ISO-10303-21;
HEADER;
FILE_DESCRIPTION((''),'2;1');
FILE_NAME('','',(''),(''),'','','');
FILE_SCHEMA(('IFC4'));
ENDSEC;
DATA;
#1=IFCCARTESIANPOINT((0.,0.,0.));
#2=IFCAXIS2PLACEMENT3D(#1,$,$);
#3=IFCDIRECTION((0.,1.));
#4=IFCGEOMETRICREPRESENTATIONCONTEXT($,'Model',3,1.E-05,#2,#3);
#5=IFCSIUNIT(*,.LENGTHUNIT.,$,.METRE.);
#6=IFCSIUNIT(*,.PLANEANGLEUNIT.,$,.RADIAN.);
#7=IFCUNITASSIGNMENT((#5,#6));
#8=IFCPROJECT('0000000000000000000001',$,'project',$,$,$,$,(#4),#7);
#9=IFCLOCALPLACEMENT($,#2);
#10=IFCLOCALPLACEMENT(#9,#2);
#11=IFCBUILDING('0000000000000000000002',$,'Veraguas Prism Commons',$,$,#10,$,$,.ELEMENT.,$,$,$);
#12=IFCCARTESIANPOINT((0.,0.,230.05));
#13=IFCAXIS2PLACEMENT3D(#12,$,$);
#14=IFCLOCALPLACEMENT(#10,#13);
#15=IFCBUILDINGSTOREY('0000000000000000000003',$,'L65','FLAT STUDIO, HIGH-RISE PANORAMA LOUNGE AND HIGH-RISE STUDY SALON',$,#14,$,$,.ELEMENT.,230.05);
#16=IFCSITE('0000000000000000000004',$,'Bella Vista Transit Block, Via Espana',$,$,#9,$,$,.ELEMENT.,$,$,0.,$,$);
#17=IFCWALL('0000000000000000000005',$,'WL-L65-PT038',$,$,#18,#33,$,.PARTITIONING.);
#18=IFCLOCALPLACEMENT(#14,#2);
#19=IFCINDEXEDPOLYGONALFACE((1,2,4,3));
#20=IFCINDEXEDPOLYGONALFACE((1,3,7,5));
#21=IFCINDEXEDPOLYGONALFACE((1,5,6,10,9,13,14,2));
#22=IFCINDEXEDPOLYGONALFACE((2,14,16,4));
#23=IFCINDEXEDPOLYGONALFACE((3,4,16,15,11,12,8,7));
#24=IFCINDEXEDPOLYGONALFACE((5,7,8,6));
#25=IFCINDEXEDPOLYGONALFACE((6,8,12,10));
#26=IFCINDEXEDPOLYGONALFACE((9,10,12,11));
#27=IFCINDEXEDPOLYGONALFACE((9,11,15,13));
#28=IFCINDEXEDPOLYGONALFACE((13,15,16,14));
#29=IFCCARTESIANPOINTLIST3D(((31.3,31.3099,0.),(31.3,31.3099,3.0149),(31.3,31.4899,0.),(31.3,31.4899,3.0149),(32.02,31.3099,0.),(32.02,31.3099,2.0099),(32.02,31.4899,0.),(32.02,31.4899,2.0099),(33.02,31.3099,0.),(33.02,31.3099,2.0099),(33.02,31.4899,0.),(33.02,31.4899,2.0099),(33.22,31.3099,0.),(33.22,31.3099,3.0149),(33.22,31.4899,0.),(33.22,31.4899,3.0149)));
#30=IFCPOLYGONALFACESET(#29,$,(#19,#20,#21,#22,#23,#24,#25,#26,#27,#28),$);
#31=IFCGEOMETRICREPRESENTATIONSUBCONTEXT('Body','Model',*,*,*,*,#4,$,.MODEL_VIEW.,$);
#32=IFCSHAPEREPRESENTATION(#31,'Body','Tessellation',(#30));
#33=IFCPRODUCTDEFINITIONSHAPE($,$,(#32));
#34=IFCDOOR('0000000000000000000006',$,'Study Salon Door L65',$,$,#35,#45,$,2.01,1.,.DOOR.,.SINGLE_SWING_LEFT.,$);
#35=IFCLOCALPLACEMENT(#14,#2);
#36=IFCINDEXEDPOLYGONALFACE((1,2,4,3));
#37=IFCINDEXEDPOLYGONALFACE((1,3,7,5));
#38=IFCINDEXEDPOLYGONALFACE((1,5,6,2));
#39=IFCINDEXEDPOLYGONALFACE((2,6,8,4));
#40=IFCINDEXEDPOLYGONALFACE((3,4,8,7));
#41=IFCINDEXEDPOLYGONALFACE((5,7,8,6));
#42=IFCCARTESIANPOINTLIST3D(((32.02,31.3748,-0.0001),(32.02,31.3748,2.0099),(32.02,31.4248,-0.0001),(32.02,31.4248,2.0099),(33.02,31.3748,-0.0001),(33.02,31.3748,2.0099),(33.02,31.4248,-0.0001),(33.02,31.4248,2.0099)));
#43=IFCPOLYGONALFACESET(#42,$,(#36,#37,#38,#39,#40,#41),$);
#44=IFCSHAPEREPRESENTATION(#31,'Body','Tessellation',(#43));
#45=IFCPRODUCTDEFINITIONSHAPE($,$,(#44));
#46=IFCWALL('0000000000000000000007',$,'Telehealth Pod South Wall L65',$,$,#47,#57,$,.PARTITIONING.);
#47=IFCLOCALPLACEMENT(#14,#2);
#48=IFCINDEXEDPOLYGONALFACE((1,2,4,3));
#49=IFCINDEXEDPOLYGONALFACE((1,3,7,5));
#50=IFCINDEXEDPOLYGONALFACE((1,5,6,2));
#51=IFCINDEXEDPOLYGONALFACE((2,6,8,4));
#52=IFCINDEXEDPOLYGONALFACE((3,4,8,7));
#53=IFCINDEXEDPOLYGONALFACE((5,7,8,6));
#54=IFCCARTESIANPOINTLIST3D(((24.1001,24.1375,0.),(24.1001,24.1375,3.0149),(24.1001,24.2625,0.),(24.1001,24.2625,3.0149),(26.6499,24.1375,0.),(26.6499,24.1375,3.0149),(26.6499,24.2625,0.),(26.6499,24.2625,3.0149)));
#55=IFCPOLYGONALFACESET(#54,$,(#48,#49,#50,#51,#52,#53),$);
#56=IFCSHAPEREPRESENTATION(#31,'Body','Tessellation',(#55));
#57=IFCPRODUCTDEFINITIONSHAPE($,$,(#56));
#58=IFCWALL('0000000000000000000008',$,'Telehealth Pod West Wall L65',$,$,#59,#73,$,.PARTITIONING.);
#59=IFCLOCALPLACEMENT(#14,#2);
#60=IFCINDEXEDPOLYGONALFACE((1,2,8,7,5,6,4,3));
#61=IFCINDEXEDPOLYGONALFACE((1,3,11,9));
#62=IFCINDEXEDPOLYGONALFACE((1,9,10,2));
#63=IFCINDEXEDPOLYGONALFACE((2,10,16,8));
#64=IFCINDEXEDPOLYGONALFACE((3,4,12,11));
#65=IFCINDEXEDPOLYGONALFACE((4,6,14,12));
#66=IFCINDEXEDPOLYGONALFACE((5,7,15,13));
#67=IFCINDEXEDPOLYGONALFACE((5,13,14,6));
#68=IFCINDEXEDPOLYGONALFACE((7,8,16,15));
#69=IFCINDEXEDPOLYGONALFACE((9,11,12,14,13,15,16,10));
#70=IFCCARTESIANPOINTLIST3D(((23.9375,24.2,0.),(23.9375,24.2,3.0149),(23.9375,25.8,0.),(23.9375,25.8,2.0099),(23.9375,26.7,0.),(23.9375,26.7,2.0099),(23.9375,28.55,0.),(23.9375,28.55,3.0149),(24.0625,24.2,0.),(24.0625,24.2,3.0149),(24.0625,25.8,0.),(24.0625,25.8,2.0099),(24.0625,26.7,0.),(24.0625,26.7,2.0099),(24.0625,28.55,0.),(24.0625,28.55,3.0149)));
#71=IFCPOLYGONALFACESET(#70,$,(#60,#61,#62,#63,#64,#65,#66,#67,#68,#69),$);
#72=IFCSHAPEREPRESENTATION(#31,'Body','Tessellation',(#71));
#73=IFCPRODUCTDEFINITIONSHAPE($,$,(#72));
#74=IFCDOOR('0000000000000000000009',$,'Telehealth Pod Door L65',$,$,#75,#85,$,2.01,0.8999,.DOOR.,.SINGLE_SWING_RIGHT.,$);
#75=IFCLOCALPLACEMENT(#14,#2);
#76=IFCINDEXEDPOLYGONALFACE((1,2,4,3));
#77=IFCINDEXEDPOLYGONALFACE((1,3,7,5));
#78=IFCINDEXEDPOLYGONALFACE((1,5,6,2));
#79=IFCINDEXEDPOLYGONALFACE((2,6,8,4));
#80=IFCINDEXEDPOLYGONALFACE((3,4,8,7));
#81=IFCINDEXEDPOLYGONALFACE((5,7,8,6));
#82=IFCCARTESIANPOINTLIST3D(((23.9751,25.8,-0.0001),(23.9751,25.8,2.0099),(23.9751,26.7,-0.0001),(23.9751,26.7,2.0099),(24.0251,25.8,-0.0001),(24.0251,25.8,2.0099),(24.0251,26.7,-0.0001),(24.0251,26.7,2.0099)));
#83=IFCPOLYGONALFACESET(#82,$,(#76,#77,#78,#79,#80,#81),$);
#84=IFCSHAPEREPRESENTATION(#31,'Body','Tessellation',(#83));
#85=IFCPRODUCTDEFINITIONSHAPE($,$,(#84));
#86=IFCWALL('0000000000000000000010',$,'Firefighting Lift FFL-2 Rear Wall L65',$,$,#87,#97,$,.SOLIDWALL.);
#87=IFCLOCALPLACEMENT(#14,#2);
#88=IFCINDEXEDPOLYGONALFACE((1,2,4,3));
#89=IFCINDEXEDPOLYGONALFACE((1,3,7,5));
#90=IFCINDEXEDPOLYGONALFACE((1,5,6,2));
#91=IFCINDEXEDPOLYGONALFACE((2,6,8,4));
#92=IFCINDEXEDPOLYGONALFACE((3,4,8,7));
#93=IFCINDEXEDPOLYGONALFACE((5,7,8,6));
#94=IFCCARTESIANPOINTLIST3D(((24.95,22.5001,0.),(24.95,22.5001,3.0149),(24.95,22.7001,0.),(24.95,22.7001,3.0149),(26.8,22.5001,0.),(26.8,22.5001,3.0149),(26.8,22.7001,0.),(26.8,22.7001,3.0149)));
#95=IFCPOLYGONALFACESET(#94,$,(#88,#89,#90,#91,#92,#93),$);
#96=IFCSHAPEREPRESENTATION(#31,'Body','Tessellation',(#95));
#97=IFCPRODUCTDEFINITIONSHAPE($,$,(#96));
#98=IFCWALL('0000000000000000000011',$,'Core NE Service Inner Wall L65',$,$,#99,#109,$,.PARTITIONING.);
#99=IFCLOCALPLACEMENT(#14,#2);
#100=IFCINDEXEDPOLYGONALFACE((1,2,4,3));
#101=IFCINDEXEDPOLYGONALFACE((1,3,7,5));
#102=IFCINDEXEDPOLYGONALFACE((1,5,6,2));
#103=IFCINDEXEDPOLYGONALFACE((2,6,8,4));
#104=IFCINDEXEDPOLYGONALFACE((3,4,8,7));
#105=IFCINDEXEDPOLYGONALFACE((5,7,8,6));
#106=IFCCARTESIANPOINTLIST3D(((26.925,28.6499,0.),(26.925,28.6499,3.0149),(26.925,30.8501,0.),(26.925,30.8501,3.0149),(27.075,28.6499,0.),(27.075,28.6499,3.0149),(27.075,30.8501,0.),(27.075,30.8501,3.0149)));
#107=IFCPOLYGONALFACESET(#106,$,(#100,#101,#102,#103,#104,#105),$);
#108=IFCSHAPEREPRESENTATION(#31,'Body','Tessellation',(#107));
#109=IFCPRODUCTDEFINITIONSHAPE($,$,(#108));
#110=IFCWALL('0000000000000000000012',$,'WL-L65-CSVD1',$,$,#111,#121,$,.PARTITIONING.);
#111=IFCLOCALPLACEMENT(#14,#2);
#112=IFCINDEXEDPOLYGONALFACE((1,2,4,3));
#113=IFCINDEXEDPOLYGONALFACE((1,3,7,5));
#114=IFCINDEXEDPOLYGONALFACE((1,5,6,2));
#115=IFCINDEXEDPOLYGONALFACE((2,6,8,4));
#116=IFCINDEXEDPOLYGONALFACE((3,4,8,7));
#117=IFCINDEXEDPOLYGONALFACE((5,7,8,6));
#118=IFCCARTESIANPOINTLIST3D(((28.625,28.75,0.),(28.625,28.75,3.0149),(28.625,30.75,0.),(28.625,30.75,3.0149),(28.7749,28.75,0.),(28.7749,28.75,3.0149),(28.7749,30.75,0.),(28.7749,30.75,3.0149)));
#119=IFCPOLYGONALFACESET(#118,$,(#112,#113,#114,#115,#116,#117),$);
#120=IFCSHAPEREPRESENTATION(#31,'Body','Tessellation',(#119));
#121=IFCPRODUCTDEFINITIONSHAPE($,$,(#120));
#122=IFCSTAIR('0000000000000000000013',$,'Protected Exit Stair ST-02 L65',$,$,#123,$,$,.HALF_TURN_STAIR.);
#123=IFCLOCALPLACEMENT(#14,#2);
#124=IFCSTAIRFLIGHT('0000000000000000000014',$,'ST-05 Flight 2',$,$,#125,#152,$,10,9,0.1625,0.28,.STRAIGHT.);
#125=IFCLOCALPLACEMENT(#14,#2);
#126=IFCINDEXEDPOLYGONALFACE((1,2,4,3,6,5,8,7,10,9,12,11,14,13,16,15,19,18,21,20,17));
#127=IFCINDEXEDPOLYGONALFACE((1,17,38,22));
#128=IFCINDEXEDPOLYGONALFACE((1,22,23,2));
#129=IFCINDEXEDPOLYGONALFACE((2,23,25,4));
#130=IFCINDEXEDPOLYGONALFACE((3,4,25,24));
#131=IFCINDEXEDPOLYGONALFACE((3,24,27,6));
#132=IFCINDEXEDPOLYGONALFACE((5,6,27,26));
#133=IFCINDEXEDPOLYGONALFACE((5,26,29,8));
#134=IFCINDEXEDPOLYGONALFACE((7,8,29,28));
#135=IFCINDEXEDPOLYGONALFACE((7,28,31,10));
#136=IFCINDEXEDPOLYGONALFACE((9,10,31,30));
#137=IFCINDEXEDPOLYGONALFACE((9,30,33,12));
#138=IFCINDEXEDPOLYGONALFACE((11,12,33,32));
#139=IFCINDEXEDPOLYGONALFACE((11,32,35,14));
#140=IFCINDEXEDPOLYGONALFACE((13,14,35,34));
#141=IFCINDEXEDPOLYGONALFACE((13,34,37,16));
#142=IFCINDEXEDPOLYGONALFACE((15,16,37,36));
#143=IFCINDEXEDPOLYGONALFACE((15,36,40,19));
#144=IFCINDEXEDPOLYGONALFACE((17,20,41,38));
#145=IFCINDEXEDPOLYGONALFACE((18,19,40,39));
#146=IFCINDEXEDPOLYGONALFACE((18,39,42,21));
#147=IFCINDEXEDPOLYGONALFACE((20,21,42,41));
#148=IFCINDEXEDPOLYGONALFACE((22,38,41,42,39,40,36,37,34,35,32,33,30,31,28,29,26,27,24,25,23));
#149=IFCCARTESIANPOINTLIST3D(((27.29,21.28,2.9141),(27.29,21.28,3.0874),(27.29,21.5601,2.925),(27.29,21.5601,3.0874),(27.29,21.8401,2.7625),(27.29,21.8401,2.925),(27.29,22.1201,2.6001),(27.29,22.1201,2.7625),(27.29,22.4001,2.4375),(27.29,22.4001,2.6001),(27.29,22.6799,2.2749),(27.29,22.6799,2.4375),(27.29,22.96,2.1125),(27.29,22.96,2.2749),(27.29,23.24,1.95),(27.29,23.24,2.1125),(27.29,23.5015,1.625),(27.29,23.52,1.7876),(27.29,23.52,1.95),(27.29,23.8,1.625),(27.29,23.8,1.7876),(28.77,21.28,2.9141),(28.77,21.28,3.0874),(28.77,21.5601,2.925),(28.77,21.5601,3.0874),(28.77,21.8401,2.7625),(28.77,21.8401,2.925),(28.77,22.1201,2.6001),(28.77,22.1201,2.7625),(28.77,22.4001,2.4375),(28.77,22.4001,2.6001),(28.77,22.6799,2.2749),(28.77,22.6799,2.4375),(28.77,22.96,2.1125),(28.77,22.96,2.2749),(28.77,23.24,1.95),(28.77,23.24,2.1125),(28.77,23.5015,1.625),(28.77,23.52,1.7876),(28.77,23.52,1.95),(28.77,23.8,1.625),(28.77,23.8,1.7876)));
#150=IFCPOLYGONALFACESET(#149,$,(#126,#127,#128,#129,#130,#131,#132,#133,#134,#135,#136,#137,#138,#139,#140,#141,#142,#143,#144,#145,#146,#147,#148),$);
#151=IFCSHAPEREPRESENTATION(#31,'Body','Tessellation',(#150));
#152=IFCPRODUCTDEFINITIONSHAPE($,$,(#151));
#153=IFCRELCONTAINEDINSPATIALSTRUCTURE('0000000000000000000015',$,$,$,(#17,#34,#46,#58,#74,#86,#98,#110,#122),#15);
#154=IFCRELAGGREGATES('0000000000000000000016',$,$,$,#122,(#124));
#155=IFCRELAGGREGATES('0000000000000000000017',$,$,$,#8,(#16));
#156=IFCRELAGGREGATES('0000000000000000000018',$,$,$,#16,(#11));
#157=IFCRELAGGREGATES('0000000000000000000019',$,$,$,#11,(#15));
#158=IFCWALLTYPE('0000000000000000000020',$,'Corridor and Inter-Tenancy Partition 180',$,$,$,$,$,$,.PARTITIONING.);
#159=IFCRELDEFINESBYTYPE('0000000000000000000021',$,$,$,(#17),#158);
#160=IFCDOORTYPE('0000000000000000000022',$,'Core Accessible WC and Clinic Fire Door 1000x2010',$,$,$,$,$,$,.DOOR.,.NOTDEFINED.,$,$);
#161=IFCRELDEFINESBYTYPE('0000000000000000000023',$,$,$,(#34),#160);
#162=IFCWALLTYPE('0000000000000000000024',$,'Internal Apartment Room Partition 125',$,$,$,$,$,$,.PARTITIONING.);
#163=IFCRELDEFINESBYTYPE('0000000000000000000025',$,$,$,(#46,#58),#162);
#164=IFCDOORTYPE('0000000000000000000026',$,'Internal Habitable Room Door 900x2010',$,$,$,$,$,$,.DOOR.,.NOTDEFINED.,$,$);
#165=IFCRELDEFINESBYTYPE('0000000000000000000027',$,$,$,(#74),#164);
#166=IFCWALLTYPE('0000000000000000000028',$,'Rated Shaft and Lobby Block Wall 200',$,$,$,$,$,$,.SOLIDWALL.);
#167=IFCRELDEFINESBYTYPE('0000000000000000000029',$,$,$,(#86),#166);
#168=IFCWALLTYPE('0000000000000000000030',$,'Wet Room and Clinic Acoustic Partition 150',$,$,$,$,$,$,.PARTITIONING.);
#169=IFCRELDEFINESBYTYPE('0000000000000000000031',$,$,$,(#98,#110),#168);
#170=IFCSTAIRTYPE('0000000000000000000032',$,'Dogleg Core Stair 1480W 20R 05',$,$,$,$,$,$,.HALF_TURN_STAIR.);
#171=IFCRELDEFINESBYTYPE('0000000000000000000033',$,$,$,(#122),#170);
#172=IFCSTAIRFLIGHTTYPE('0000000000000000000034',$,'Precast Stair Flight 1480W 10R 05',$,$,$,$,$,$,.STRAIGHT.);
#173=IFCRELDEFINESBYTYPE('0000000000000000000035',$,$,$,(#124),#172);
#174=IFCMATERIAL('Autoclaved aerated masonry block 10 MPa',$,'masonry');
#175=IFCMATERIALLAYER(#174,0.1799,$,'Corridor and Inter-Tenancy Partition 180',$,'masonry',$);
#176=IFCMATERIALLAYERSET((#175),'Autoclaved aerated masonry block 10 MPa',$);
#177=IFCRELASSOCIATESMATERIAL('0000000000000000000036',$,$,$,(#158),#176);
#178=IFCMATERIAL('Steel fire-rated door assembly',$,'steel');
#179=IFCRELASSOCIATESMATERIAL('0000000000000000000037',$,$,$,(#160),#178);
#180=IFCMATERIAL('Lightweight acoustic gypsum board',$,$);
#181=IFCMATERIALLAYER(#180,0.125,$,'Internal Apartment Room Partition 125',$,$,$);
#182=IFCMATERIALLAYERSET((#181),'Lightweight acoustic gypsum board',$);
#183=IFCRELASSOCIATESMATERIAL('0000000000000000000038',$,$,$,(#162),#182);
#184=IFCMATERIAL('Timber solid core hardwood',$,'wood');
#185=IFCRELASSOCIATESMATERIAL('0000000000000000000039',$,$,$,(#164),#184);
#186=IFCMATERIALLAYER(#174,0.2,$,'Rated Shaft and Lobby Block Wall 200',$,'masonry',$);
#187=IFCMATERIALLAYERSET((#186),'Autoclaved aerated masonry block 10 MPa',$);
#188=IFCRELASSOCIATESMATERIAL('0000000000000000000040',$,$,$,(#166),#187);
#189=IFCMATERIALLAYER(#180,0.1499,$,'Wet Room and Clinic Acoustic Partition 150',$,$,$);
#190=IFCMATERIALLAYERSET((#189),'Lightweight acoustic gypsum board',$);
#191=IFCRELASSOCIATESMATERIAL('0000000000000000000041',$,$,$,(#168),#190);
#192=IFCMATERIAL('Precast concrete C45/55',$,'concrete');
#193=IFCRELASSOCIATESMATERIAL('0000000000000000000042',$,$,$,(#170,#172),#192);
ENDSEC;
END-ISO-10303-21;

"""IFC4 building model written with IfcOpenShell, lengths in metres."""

from ifc_helpers import new_model, si_unit, direction, frame, frame_2d, origin, place, context, subcontext, project, spatial, polyline, rectangle, outline, extrude, source, transform, mapped, material, layer, layer_set, type_object, element, fill, aggregate, save


model = new_model("IFC4")

# Units and contexts
model_context = context("Model", 3, precision=1e-05, world=origin(), true_north=direction((0.0, 1.0)))
body_context = subcontext(model_context, "Body", "Model", "MODEL_VIEW")
ifc_project = project(units=[si_unit("LENGTHUNIT", "METRE"), si_unit("PLANEANGLEUNIT", "RADIAN")], contexts=[model_context])

# Site, building, storey
site_placement = place(None, origin())
site = spatial("IfcSite", under=ifc_project, at=site_placement, Name="Bella Vista Transit Block, Via Espana", CompositionType="ELEMENT", RefElevation=0.0)
building_placement = place(site_placement, origin())
building = spatial("IfcBuilding", under=site, at=building_placement, Name="Veraguas Prism Commons", CompositionType="ELEMENT")
storey_placement = place(building_placement, frame((0.0, 0.0, 230.05)))
storey = spatial("IfcBuildingStorey", under=building, at=storey_placement, Name="L65", Description="FLAT STUDIO, HIGH-RISE PANORAMA LOUNGE AND HIGH-RISE STUDY SALON", CompositionType="ELEMENT", Elevation=230.05)

# Shared definitions
ifc_material_1 = material(Name="Steel fire-rated door assembly", Category="steel")

# Shared definitions
ifc_material_2 = material(Name="Autoclaved aerated masonry block 10 MPa", Category="masonry")
ifc_layer_1 = layer(ifc_material_2, 0.1799, Name="Corridor and Inter-Tenancy Partition 180", Category="masonry")
ifc_layer_set_1 = layer_set([ifc_layer_1], Name="Autoclaved aerated masonry block 10 MPa")
wall_type_1 = type_object("IfcWallType", Name="Corridor and Inter-Tenancy Partition 180", PredefinedType="PARTITIONING", material=ifc_layer_set_1)
shared_shape_1 = source(origin(), body_context, "Body", "SweptSolid", [
    extrude(rectangle(XDim=0.8999, YDim=2.01, at=frame_2d((0.45, 1.0049))), frame((0.0, 0.0249, 0.0), z_axis=(0.0, -1.0, 0.0), x_axis=(1.0, 0.0, 0.0)), (0.0, 0.0, 1.0), 0.05),
])

# Wall, opening, door
wall_1_placement = place(storey_placement, frame((31.3, 31.3999, 0.0), z_axis=(0.0, 0.0, 1.0), x_axis=(1.0, 0.0, 0.0)))
wall_1 = element("IfcWall", 1, at=wall_1_placement, inside=storey, type_object=wall_type_1, Name="WL-L65-PT038", PredefinedType="PARTITIONING", context=body_context, shape_type="SweptSolid", body=[
    extrude(rectangle(XDim=1.9199, YDim=0.1799, at=frame_2d((0.96, 0.0))), origin(), (0.0, 0.0, 1.0), 3.0149),
])
opening_1_placement = place(wall_1_placement, frame((0.72, 0.0, 0.0)))
opening_1 = element("IfcOpeningElement", 2, at=opening_1_placement, cuts=wall_1, PredefinedType="OPENING", context=body_context, shape_type="SweptSolid", body=[
    extrude(rectangle(XDim=1.0, YDim=2.01, at=frame_2d((0.5, 1.0049))), frame((0.0, 0.0999, 0.0), z_axis=(0.0, -1.0, 0.0), x_axis=(1.0, 0.0, 0.0)), (0.0, 0.0, 1.0), 0.2),
])
door_type_1 = type_object("IfcDoorType", Name="Core Accessible WC and Clinic Fire Door 1000x2010", OperationType="NOTDEFINED", PredefinedType="DOOR", material=ifc_material_1)
shared_shape_2 = source(origin(), body_context, "Body", "SweptSolid", [
    extrude(rectangle(XDim=1.0, YDim=2.01, at=frame_2d((0.5, 1.0049))), frame((0.0, 0.0249, 0.0), z_axis=(0.0, -1.0, 0.0), x_axis=(1.0, 0.0, 0.0)), (0.0, 0.0, 1.0), 0.05),
])
door_1_placement = place(opening_1_placement, origin())
door_1 = element("IfcDoor", 3, at=door_1_placement, inside=storey, type_object=door_type_1, Name="Study Salon Door L65", OperationType="SINGLE_SWING_LEFT", OverallHeight=2.01, OverallWidth=1.0, PredefinedType="DOOR", context=body_context, shape_type="MappedRepresentation", body=[
    mapped(shared_shape_2, transform((0.0, 0.0, 0.0), scale=1.0)),
])
fill(opening_1, door_1)

# Wall
ifc_material_3 = material(Name="Lightweight acoustic gypsum board")
ifc_layer_2 = layer(ifc_material_3, 0.125, Name="Internal Apartment Room Partition 125")
ifc_layer_set_2 = layer_set([ifc_layer_2], Name="Lightweight acoustic gypsum board")
wall_type_2 = type_object("IfcWallType", Name="Internal Apartment Room Partition 125", PredefinedType="PARTITIONING", material=ifc_layer_set_2)
wall_2_placement = place(storey_placement, frame((24.1001, 24.2, 0.0), z_axis=(0.0, 0.0, 1.0), x_axis=(1.0, 0.0, 0.0)))
element("IfcWall", 4, at=wall_2_placement, inside=storey, type_object=wall_type_2, Name="Telehealth Pod South Wall L65", PredefinedType="PARTITIONING", context=body_context, shape_type="SweptSolid", body=[
    extrude(rectangle(XDim=2.5498, YDim=0.125, at=frame_2d((1.2749, 0.0))), origin(), (0.0, 0.0, 1.0), 3.0149),
])

# Wall, opening, door
wall_3_placement = place(storey_placement, frame((24.0, 24.2, 0.0), z_axis=(0.0, 0.0, 1.0), x_axis=(0.0, 1.0, 0.0)))
wall_3 = element("IfcWall", 5, at=wall_3_placement, inside=storey, type_object=wall_type_2, Name="Telehealth Pod West Wall L65", PredefinedType="PARTITIONING", context=body_context, shape_type="SweptSolid", body=[
    extrude(rectangle(XDim=4.3501, YDim=0.125, at=frame_2d((2.175, 0.0))), origin(), (0.0, 0.0, 1.0), 3.0149),
])
opening_2_placement = place(wall_3_placement, frame((1.6001, 0.0, 0.0)))
opening_2 = element("IfcOpeningElement", 6, at=opening_2_placement, cuts=wall_3, PredefinedType="OPENING", context=body_context, shape_type="SweptSolid", body=[
    extrude(rectangle(XDim=0.8999, YDim=2.01, at=frame_2d((0.45, 1.0049))), frame((0.0, 0.0725, 0.0), z_axis=(0.0, -1.0, 0.0), x_axis=(1.0, 0.0, 0.0)), (0.0, 0.0, 1.0), 0.145),
])
ifc_material_4 = material(Name="Timber solid core hardwood", Category="wood")
door_type_2 = type_object("IfcDoorType", Name="Internal Habitable Room Door 900x2010", OperationType="NOTDEFINED", PredefinedType="DOOR", material=ifc_material_4)
door_2_placement = place(opening_2_placement, origin())
door_2 = element("IfcDoor", 7, at=door_2_placement, inside=storey, type_object=door_type_2, Name="Telehealth Pod Door L65", OperationType="SINGLE_SWING_RIGHT", OverallHeight=2.01, OverallWidth=0.8999, PredefinedType="DOOR", context=body_context, shape_type="MappedRepresentation", body=[
    mapped(shared_shape_1, transform((0.0, 0.0, 0.0), scale=1.0)),
])
fill(opening_2, door_2)

# Walls
ifc_layer_3 = layer(ifc_material_2, 0.2, Name="Rated Shaft and Lobby Block Wall 200", Category="masonry")
ifc_layer_set_3 = layer_set([ifc_layer_3], Name="Autoclaved aerated masonry block 10 MPa")
wall_type_3 = type_object("IfcWallType", Name="Rated Shaft and Lobby Block Wall 200", PredefinedType="SOLIDWALL", material=ifc_layer_set_3)
wall_4_placement = place(storey_placement, frame((24.95, 22.6001, 0.0), z_axis=(0.0, 0.0, 1.0), x_axis=(1.0, 0.0, 0.0)))
element("IfcWall", 8, at=wall_4_placement, inside=storey, type_object=wall_type_3, Name="Firefighting Lift FFL-2 Rear Wall L65", PredefinedType="SOLIDWALL", context=body_context, shape_type="SweptSolid", body=[
    extrude(rectangle(XDim=1.8501, YDim=0.2, at=frame_2d((0.925, 0.0))), origin(), (0.0, 0.0, 1.0), 3.0149),
])
ifc_layer_4 = layer(ifc_material_3, 0.1499, Name="Wet Room and Clinic Acoustic Partition 150")
ifc_layer_set_4 = layer_set([ifc_layer_4], Name="Lightweight acoustic gypsum board")
wall_type_4 = type_object("IfcWallType", Name="Wet Room and Clinic Acoustic Partition 150", PredefinedType="PARTITIONING", material=ifc_layer_set_4)
wall_5_placement = place(storey_placement, frame((27.0, 28.6499, 0.0), z_axis=(0.0, 0.0, 1.0), x_axis=(0.0, 1.0, 0.0)))
element("IfcWall", 9, at=wall_5_placement, inside=storey, type_object=wall_type_4, Name="Core NE Service Inner Wall L65", PredefinedType="PARTITIONING", context=body_context, shape_type="SweptSolid", body=[
    extrude(rectangle(XDim=2.2002, YDim=0.1499, at=frame_2d((1.1001, 0.0))), origin(), (0.0, 0.0, 1.0), 3.0149),
])
wall_6_placement = place(storey_placement, frame((28.7, 28.75, 0.0), z_axis=(0.0, 0.0, 1.0), x_axis=(0.0, 1.0, 0.0)))
element("IfcWall", 10, at=wall_6_placement, inside=storey, type_object=wall_type_4, Name="WL-L65-CSVD1", PredefinedType="PARTITIONING", context=body_context, shape_type="SweptSolid", body=[
    extrude(rectangle(XDim=2.0, YDim=0.1499, at=frame_2d((1.0, 0.0))), origin(), (0.0, 0.0, 1.0), 3.0149),
])

# Stair, stair flight
ifc_material_5 = material(Name="Precast concrete C45/55", Category="concrete")
stair_type = type_object("IfcStairType", Name="Dogleg Core Stair 1480W 20R 05", PredefinedType="HALF_TURN_STAIR", material=ifc_material_5)
stair_placement = place(storey_placement, origin())
stair = element("IfcStair", 11, at=stair_placement, inside=storey, type_object=stair_type, Name="Protected Exit Stair ST-02 L65", PredefinedType="HALF_TURN_STAIR")
stair_flight_type = type_object("IfcStairFlightType", Name="Precast Stair Flight 1480W 10R 05", PredefinedType="STRAIGHT", material=ifc_material_5)
stair_flight_placement = place(storey_placement, frame((28.03, 23.8, 1.625), z_axis=(0.0, 0.0, 1.0), x_axis=(0.0, -1.0, 0.0)))
stair_flight = element("IfcStairFlight", 12, at=stair_flight_placement, type_object=stair_flight_type, Name="ST-05 Flight 2", NumberOfRisers=10, NumberOfTreads=9, PredefinedType="STRAIGHT", RiserHeight=0.1625, TreadLength=0.28, context=body_context, shape_type="SweptSolid", body=[
    extrude(outline(polyline([(0.0, 0.0), (0.0, 0.1626), (0.28, 0.1626), (0.28, 0.325), (0.5601, 0.325), (0.5601, 0.4875), (0.8401, 0.4875), (0.8401, 0.6499), (1.1201, 0.6499), (1.1201, 0.8125), (1.3999, 0.8125), (1.3999, 0.9751), (1.6799, 0.9751), (1.6799, 1.1375), (1.96, 1.1375), (1.96, 1.3), (2.24, 1.3), (2.24, 1.4624), (2.52, 1.4624), (2.52, 1.625), (2.52, 1.2891), (0.2986, 0.0), (0.0, 0.0)])), frame((0.0, 0.74, 0.0), z_axis=(0.0, -1.0, 0.0), x_axis=(1.0, 0.0, 0.0)), (0.0, 0.0, 1.0), 1.48),
])
aggregate(stair, [stair_flight])

save(model, "model.ifc")
